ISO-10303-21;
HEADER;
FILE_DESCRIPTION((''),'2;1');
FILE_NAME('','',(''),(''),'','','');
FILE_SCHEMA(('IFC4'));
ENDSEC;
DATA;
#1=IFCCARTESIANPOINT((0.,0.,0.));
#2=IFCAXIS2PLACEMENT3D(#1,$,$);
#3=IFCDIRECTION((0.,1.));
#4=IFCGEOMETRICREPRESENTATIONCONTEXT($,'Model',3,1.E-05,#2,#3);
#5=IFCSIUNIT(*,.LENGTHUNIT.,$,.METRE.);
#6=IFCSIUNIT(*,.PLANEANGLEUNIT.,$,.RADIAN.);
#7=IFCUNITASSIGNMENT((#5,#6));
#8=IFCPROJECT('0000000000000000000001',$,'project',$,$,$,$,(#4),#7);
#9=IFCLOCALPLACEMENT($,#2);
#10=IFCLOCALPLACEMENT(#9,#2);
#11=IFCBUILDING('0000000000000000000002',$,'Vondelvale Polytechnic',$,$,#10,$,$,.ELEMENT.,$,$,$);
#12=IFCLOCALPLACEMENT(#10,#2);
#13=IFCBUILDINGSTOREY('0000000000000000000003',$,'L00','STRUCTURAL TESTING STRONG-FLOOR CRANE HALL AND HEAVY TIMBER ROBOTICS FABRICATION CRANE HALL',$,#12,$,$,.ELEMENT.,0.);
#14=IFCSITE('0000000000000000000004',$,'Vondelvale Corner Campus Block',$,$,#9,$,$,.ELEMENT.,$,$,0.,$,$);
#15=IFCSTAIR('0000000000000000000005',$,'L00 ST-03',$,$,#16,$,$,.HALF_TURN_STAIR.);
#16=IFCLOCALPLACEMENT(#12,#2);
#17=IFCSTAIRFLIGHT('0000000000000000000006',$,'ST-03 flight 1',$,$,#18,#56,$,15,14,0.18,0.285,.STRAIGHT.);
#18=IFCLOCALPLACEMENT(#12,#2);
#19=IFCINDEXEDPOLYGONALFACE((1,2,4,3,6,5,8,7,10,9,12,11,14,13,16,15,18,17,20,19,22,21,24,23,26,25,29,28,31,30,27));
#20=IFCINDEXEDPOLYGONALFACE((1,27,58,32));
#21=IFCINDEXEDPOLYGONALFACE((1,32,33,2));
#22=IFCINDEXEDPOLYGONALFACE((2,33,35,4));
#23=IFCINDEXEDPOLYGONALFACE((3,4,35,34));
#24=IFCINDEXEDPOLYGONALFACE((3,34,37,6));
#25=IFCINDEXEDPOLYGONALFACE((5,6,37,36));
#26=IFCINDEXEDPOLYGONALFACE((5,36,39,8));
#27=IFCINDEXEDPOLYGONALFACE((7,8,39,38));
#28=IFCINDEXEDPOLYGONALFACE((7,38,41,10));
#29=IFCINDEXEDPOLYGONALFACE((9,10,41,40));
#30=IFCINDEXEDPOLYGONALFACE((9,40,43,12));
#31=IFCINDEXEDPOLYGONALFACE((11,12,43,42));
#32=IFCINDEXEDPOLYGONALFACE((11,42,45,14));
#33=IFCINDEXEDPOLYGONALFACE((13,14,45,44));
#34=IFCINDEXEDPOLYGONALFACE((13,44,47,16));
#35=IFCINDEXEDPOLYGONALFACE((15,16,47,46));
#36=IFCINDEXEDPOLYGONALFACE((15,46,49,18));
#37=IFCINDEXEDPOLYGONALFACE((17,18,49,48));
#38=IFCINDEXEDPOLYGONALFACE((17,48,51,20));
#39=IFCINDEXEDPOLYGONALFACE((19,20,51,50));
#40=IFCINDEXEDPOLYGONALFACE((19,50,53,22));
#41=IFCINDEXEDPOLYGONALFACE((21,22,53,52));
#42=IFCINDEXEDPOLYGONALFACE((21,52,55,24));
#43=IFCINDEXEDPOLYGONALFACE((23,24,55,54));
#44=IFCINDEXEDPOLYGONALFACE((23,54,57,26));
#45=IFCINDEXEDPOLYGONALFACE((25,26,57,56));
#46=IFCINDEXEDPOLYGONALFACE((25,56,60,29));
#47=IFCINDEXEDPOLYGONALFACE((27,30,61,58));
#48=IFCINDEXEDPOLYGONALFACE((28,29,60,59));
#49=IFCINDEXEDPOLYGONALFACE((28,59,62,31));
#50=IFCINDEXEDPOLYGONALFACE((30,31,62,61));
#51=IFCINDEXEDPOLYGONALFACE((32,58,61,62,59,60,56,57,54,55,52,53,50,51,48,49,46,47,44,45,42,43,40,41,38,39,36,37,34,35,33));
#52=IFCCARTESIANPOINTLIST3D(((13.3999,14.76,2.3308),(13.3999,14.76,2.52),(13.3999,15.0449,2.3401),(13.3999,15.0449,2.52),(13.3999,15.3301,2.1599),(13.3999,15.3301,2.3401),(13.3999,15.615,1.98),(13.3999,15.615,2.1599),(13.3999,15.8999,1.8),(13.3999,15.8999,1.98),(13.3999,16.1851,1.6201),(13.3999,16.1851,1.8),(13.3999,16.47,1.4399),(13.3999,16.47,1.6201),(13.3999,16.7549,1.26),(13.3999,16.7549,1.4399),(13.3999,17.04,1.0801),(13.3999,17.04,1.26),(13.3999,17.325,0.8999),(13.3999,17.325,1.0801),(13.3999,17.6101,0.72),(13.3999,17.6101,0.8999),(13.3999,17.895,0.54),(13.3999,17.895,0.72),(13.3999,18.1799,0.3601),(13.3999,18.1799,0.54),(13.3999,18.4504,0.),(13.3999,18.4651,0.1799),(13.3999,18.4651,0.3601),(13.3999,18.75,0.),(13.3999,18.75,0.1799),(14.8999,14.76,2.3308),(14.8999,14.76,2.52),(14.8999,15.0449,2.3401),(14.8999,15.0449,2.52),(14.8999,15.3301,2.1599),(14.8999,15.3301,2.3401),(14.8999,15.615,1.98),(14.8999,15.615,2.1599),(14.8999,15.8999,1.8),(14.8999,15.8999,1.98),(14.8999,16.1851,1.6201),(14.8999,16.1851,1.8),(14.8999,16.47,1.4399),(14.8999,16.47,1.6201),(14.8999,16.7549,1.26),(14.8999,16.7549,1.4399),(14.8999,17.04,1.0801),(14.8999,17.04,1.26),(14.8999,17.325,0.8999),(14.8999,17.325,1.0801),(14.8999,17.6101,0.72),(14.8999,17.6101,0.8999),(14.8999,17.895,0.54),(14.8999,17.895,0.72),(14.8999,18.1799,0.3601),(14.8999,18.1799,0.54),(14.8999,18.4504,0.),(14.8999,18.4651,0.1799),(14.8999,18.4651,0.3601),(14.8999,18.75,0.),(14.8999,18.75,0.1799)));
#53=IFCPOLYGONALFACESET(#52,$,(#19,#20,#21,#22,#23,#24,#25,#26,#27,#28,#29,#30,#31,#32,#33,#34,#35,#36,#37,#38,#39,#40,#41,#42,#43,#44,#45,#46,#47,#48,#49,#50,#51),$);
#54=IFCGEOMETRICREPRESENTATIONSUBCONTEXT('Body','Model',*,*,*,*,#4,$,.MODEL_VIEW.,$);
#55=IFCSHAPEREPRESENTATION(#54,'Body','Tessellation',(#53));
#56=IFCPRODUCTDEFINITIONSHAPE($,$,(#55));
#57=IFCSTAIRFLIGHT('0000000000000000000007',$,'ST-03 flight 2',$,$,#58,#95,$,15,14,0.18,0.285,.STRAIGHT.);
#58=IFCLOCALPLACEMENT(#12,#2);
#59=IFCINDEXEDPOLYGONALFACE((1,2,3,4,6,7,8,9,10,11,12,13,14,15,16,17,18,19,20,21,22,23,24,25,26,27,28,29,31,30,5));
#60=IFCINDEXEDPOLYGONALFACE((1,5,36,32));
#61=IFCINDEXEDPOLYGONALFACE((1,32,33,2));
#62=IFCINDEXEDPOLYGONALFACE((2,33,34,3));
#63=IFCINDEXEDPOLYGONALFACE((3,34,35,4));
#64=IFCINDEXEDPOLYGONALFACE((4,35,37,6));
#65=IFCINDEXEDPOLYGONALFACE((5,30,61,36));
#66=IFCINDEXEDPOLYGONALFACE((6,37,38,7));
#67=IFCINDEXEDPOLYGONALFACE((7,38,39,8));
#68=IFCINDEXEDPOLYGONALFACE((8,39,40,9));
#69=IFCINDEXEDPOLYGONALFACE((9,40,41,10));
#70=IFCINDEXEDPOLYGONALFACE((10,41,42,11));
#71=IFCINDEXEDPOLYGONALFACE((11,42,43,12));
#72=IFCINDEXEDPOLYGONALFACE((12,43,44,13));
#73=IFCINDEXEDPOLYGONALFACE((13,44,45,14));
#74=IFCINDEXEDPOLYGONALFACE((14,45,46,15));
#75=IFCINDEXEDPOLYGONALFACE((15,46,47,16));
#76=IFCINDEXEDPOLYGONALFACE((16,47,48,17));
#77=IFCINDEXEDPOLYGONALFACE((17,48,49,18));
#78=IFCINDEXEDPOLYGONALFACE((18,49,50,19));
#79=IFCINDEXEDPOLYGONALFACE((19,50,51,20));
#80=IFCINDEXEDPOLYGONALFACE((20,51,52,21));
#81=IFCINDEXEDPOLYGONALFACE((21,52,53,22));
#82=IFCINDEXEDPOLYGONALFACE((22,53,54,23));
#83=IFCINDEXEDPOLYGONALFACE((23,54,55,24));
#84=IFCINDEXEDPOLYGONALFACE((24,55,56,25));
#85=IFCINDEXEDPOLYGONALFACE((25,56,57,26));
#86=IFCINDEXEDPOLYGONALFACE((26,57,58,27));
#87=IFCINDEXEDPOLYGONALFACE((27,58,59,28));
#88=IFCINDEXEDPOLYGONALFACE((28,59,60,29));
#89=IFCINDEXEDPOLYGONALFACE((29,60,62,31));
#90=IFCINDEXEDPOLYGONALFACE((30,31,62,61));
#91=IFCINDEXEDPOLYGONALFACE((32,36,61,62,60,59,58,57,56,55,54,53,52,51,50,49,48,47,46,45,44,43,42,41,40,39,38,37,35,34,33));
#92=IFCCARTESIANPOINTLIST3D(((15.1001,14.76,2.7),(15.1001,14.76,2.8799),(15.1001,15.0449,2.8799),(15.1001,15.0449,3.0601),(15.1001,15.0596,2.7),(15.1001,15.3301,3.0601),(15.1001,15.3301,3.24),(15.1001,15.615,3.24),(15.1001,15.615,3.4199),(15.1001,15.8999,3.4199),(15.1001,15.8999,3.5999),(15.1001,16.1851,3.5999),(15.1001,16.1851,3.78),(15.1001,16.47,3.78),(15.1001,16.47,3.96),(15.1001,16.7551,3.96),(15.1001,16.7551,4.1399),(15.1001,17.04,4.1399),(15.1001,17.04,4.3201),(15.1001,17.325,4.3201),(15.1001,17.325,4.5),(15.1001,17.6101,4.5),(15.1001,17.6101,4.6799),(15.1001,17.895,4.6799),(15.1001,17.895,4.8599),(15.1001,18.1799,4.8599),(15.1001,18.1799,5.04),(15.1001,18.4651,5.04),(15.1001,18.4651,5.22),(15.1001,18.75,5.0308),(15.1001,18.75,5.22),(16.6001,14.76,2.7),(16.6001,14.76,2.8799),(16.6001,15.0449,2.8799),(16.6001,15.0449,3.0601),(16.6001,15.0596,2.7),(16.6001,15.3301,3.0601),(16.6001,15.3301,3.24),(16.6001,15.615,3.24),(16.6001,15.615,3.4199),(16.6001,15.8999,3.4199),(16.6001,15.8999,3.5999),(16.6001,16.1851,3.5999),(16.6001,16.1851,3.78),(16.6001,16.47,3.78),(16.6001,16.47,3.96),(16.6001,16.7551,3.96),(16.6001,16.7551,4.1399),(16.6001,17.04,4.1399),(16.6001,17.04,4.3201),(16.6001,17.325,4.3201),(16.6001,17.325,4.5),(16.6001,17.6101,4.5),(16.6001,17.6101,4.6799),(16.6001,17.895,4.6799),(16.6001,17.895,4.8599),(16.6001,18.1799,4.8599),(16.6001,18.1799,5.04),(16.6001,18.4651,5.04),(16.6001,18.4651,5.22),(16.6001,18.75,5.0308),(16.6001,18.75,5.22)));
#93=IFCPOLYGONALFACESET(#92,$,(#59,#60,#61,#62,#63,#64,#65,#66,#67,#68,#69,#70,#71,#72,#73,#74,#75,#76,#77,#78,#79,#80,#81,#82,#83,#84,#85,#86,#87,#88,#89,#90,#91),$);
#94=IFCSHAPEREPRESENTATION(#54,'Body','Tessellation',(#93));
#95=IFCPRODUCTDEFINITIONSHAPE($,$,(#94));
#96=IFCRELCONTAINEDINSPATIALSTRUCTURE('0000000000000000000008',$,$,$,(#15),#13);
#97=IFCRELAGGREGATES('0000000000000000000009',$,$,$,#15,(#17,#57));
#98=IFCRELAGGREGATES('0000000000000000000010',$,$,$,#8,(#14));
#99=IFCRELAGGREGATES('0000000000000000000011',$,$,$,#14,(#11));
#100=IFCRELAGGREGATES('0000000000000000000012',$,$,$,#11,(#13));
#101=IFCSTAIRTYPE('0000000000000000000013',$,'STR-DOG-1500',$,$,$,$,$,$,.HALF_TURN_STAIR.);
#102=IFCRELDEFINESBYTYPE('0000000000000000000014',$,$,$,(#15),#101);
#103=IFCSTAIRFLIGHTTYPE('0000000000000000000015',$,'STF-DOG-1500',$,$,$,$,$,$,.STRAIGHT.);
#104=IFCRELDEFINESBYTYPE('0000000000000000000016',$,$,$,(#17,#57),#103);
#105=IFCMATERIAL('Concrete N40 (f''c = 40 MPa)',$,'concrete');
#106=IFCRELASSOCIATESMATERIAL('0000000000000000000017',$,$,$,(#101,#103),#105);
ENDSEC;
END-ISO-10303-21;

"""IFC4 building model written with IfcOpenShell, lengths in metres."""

from ifc_helpers import new_model, si_unit, direction, frame, origin, place, context, subcontext, project, spatial, polyline, outline, extrude, material, type_object, element, aggregate, save


model = new_model("IFC4")

# Units and contexts
model_context = context("Model", 3, precision=1e-05, world=origin(), true_north=direction((0.0, 1.0)))
body_context = subcontext(model_context, "Body", "Model", "MODEL_VIEW")
ifc_project = project(units=[si_unit("LENGTHUNIT", "METRE"), si_unit("PLANEANGLEUNIT", "RADIAN")], contexts=[model_context])

# Site, building, storey
site_placement = place(None, origin())
site = spatial("IfcSite", under=ifc_project, at=site_placement, Name="Vondelvale Corner Campus Block", CompositionType="ELEMENT", RefElevation=0.0)
building_placement = place(site_placement, origin())
building = spatial("IfcBuilding", under=site, at=building_placement, Name="Vondelvale Polytechnic", CompositionType="ELEMENT")
storey_placement = place(building_placement, origin())
storey = spatial("IfcBuildingStorey", under=building, at=storey_placement, Name="L00", Description="STRUCTURAL TESTING STRONG-FLOOR CRANE HALL AND HEAVY TIMBER ROBOTICS FABRICATION CRANE HALL", CompositionType="ELEMENT", Elevation=0.0)

# Shared definitions
ifc_material_1 = material(Name="Concrete N40 (f'c = 40 MPa)", Category="concrete")

# Stair, stair flights
stair_type = type_object("IfcStairType", Name="STR-DOG-1500", PredefinedType="HALF_TURN_STAIR", material=ifc_material_1)
stair_placement = place(storey_placement, origin())
stair = element("IfcStair", 1, at=stair_placement, inside=storey, type_object=stair_type, Name="L00 ST-03", PredefinedType="HALF_TURN_STAIR")
stair_flight_type = type_object("IfcStairFlightType", Name="STF-DOG-1500", PredefinedType="STRAIGHT", material=ifc_material_1)
stair_flight_1_placement = place(storey_placement, frame((14.1499, 18.75, 0.0), z_axis=(0.0, 0.0, 1.0), x_axis=(0.0, -1.0, 0.0)))
stair_flight_1 = element("IfcStairFlight", 2, at=stair_flight_1_placement, type_object=stair_flight_type, Name="ST-03 flight 1", NumberOfRisers=15, NumberOfTreads=14, PredefinedType="STRAIGHT", RiserHeight=0.18, TreadLength=0.285, context=body_context, shape_type="SweptSolid", body=[
    extrude(outline(polyline([(0.0, 0.0), (0.0, 0.1799), (0.2849, 0.1799), (0.2849, 0.3601), (0.5701, 0.3601), (0.5701, 0.54), (0.855, 0.54), (0.855, 0.72), (1.1399, 0.72), (1.1399, 0.8999), (1.425, 0.8999), (1.425, 1.0801), (1.71, 1.0801), (1.71, 1.26), (1.9951, 1.26), (1.9951, 1.4399), (2.28, 1.4399), (2.28, 1.6201), (2.5649, 1.6201), (2.5649, 1.8), (2.8501, 1.8), (2.8501, 1.98), (3.135, 1.98), (3.135, 2.1599), (3.4199, 2.1599), (3.4199, 2.3401), (3.7051, 2.3401), (3.7051, 2.52), (3.99, 2.52), (3.99, 2.7), (3.99, 2.3308), (0.2996, 0.0), (0.0, 0.0)])), frame((0.0, 0.75, 0.0), z_axis=(0.0, -1.0, 0.0), x_axis=(1.0, 0.0, 0.0)), (0.0, 0.0, 1.0), 1.5),
])
stair_flight_2_placement = place(storey_placement, frame((15.8501, 14.76, 2.7), z_axis=(0.0, 0.0, 1.0), x_axis=(0.0, 1.0, 0.0)))
stair_flight_2 = element("IfcStairFlight", 3, at=stair_flight_2_placement, type_object=stair_flight_type, Name="ST-03 flight 2", NumberOfRisers=15, NumberOfTreads=14, PredefinedType="STRAIGHT", RiserHeight=0.18, TreadLength=0.285, context=body_context, shape_type="SweptSolid", body=[
    extrude(outline(polyline([(0.0, 0.0), (0.0, 0.1799), (0.2849, 0.1799), (0.2849, 0.3601), (0.5701, 0.3601), (0.5701, 0.54), (0.855, 0.54), (0.855, 0.72), (1.1399, 0.72), (1.1399, 0.8999), (1.425, 0.8999), (1.425, 1.0801), (1.71, 1.0801), (1.71, 1.26), (1.9951, 1.26), (1.9951, 1.4399), (2.28, 1.4399), (2.28, 1.6201), (2.5649, 1.6201), (2.5649, 1.8), (2.8501, 1.8), (2.8501, 1.98), (3.135, 1.98), (3.135, 2.1599), (3.4199, 2.1599), (3.4199, 2.3401), (3.7051, 2.3401), (3.7051, 2.52), (3.99, 2.52), (3.99, 2.7), (3.99, 2.3308), (0.2996, 0.0), (0.0, 0.0)])), frame((0.0, 0.75, 0.0), z_axis=(0.0, -1.0, 0.0), x_axis=(1.0, 0.0, 0.0)), (0.0, 0.0, 1.0), 1.5),
])
aggregate(stair, [stair_flight_1, stair_flight_2])

save(model, "model.ifc")
